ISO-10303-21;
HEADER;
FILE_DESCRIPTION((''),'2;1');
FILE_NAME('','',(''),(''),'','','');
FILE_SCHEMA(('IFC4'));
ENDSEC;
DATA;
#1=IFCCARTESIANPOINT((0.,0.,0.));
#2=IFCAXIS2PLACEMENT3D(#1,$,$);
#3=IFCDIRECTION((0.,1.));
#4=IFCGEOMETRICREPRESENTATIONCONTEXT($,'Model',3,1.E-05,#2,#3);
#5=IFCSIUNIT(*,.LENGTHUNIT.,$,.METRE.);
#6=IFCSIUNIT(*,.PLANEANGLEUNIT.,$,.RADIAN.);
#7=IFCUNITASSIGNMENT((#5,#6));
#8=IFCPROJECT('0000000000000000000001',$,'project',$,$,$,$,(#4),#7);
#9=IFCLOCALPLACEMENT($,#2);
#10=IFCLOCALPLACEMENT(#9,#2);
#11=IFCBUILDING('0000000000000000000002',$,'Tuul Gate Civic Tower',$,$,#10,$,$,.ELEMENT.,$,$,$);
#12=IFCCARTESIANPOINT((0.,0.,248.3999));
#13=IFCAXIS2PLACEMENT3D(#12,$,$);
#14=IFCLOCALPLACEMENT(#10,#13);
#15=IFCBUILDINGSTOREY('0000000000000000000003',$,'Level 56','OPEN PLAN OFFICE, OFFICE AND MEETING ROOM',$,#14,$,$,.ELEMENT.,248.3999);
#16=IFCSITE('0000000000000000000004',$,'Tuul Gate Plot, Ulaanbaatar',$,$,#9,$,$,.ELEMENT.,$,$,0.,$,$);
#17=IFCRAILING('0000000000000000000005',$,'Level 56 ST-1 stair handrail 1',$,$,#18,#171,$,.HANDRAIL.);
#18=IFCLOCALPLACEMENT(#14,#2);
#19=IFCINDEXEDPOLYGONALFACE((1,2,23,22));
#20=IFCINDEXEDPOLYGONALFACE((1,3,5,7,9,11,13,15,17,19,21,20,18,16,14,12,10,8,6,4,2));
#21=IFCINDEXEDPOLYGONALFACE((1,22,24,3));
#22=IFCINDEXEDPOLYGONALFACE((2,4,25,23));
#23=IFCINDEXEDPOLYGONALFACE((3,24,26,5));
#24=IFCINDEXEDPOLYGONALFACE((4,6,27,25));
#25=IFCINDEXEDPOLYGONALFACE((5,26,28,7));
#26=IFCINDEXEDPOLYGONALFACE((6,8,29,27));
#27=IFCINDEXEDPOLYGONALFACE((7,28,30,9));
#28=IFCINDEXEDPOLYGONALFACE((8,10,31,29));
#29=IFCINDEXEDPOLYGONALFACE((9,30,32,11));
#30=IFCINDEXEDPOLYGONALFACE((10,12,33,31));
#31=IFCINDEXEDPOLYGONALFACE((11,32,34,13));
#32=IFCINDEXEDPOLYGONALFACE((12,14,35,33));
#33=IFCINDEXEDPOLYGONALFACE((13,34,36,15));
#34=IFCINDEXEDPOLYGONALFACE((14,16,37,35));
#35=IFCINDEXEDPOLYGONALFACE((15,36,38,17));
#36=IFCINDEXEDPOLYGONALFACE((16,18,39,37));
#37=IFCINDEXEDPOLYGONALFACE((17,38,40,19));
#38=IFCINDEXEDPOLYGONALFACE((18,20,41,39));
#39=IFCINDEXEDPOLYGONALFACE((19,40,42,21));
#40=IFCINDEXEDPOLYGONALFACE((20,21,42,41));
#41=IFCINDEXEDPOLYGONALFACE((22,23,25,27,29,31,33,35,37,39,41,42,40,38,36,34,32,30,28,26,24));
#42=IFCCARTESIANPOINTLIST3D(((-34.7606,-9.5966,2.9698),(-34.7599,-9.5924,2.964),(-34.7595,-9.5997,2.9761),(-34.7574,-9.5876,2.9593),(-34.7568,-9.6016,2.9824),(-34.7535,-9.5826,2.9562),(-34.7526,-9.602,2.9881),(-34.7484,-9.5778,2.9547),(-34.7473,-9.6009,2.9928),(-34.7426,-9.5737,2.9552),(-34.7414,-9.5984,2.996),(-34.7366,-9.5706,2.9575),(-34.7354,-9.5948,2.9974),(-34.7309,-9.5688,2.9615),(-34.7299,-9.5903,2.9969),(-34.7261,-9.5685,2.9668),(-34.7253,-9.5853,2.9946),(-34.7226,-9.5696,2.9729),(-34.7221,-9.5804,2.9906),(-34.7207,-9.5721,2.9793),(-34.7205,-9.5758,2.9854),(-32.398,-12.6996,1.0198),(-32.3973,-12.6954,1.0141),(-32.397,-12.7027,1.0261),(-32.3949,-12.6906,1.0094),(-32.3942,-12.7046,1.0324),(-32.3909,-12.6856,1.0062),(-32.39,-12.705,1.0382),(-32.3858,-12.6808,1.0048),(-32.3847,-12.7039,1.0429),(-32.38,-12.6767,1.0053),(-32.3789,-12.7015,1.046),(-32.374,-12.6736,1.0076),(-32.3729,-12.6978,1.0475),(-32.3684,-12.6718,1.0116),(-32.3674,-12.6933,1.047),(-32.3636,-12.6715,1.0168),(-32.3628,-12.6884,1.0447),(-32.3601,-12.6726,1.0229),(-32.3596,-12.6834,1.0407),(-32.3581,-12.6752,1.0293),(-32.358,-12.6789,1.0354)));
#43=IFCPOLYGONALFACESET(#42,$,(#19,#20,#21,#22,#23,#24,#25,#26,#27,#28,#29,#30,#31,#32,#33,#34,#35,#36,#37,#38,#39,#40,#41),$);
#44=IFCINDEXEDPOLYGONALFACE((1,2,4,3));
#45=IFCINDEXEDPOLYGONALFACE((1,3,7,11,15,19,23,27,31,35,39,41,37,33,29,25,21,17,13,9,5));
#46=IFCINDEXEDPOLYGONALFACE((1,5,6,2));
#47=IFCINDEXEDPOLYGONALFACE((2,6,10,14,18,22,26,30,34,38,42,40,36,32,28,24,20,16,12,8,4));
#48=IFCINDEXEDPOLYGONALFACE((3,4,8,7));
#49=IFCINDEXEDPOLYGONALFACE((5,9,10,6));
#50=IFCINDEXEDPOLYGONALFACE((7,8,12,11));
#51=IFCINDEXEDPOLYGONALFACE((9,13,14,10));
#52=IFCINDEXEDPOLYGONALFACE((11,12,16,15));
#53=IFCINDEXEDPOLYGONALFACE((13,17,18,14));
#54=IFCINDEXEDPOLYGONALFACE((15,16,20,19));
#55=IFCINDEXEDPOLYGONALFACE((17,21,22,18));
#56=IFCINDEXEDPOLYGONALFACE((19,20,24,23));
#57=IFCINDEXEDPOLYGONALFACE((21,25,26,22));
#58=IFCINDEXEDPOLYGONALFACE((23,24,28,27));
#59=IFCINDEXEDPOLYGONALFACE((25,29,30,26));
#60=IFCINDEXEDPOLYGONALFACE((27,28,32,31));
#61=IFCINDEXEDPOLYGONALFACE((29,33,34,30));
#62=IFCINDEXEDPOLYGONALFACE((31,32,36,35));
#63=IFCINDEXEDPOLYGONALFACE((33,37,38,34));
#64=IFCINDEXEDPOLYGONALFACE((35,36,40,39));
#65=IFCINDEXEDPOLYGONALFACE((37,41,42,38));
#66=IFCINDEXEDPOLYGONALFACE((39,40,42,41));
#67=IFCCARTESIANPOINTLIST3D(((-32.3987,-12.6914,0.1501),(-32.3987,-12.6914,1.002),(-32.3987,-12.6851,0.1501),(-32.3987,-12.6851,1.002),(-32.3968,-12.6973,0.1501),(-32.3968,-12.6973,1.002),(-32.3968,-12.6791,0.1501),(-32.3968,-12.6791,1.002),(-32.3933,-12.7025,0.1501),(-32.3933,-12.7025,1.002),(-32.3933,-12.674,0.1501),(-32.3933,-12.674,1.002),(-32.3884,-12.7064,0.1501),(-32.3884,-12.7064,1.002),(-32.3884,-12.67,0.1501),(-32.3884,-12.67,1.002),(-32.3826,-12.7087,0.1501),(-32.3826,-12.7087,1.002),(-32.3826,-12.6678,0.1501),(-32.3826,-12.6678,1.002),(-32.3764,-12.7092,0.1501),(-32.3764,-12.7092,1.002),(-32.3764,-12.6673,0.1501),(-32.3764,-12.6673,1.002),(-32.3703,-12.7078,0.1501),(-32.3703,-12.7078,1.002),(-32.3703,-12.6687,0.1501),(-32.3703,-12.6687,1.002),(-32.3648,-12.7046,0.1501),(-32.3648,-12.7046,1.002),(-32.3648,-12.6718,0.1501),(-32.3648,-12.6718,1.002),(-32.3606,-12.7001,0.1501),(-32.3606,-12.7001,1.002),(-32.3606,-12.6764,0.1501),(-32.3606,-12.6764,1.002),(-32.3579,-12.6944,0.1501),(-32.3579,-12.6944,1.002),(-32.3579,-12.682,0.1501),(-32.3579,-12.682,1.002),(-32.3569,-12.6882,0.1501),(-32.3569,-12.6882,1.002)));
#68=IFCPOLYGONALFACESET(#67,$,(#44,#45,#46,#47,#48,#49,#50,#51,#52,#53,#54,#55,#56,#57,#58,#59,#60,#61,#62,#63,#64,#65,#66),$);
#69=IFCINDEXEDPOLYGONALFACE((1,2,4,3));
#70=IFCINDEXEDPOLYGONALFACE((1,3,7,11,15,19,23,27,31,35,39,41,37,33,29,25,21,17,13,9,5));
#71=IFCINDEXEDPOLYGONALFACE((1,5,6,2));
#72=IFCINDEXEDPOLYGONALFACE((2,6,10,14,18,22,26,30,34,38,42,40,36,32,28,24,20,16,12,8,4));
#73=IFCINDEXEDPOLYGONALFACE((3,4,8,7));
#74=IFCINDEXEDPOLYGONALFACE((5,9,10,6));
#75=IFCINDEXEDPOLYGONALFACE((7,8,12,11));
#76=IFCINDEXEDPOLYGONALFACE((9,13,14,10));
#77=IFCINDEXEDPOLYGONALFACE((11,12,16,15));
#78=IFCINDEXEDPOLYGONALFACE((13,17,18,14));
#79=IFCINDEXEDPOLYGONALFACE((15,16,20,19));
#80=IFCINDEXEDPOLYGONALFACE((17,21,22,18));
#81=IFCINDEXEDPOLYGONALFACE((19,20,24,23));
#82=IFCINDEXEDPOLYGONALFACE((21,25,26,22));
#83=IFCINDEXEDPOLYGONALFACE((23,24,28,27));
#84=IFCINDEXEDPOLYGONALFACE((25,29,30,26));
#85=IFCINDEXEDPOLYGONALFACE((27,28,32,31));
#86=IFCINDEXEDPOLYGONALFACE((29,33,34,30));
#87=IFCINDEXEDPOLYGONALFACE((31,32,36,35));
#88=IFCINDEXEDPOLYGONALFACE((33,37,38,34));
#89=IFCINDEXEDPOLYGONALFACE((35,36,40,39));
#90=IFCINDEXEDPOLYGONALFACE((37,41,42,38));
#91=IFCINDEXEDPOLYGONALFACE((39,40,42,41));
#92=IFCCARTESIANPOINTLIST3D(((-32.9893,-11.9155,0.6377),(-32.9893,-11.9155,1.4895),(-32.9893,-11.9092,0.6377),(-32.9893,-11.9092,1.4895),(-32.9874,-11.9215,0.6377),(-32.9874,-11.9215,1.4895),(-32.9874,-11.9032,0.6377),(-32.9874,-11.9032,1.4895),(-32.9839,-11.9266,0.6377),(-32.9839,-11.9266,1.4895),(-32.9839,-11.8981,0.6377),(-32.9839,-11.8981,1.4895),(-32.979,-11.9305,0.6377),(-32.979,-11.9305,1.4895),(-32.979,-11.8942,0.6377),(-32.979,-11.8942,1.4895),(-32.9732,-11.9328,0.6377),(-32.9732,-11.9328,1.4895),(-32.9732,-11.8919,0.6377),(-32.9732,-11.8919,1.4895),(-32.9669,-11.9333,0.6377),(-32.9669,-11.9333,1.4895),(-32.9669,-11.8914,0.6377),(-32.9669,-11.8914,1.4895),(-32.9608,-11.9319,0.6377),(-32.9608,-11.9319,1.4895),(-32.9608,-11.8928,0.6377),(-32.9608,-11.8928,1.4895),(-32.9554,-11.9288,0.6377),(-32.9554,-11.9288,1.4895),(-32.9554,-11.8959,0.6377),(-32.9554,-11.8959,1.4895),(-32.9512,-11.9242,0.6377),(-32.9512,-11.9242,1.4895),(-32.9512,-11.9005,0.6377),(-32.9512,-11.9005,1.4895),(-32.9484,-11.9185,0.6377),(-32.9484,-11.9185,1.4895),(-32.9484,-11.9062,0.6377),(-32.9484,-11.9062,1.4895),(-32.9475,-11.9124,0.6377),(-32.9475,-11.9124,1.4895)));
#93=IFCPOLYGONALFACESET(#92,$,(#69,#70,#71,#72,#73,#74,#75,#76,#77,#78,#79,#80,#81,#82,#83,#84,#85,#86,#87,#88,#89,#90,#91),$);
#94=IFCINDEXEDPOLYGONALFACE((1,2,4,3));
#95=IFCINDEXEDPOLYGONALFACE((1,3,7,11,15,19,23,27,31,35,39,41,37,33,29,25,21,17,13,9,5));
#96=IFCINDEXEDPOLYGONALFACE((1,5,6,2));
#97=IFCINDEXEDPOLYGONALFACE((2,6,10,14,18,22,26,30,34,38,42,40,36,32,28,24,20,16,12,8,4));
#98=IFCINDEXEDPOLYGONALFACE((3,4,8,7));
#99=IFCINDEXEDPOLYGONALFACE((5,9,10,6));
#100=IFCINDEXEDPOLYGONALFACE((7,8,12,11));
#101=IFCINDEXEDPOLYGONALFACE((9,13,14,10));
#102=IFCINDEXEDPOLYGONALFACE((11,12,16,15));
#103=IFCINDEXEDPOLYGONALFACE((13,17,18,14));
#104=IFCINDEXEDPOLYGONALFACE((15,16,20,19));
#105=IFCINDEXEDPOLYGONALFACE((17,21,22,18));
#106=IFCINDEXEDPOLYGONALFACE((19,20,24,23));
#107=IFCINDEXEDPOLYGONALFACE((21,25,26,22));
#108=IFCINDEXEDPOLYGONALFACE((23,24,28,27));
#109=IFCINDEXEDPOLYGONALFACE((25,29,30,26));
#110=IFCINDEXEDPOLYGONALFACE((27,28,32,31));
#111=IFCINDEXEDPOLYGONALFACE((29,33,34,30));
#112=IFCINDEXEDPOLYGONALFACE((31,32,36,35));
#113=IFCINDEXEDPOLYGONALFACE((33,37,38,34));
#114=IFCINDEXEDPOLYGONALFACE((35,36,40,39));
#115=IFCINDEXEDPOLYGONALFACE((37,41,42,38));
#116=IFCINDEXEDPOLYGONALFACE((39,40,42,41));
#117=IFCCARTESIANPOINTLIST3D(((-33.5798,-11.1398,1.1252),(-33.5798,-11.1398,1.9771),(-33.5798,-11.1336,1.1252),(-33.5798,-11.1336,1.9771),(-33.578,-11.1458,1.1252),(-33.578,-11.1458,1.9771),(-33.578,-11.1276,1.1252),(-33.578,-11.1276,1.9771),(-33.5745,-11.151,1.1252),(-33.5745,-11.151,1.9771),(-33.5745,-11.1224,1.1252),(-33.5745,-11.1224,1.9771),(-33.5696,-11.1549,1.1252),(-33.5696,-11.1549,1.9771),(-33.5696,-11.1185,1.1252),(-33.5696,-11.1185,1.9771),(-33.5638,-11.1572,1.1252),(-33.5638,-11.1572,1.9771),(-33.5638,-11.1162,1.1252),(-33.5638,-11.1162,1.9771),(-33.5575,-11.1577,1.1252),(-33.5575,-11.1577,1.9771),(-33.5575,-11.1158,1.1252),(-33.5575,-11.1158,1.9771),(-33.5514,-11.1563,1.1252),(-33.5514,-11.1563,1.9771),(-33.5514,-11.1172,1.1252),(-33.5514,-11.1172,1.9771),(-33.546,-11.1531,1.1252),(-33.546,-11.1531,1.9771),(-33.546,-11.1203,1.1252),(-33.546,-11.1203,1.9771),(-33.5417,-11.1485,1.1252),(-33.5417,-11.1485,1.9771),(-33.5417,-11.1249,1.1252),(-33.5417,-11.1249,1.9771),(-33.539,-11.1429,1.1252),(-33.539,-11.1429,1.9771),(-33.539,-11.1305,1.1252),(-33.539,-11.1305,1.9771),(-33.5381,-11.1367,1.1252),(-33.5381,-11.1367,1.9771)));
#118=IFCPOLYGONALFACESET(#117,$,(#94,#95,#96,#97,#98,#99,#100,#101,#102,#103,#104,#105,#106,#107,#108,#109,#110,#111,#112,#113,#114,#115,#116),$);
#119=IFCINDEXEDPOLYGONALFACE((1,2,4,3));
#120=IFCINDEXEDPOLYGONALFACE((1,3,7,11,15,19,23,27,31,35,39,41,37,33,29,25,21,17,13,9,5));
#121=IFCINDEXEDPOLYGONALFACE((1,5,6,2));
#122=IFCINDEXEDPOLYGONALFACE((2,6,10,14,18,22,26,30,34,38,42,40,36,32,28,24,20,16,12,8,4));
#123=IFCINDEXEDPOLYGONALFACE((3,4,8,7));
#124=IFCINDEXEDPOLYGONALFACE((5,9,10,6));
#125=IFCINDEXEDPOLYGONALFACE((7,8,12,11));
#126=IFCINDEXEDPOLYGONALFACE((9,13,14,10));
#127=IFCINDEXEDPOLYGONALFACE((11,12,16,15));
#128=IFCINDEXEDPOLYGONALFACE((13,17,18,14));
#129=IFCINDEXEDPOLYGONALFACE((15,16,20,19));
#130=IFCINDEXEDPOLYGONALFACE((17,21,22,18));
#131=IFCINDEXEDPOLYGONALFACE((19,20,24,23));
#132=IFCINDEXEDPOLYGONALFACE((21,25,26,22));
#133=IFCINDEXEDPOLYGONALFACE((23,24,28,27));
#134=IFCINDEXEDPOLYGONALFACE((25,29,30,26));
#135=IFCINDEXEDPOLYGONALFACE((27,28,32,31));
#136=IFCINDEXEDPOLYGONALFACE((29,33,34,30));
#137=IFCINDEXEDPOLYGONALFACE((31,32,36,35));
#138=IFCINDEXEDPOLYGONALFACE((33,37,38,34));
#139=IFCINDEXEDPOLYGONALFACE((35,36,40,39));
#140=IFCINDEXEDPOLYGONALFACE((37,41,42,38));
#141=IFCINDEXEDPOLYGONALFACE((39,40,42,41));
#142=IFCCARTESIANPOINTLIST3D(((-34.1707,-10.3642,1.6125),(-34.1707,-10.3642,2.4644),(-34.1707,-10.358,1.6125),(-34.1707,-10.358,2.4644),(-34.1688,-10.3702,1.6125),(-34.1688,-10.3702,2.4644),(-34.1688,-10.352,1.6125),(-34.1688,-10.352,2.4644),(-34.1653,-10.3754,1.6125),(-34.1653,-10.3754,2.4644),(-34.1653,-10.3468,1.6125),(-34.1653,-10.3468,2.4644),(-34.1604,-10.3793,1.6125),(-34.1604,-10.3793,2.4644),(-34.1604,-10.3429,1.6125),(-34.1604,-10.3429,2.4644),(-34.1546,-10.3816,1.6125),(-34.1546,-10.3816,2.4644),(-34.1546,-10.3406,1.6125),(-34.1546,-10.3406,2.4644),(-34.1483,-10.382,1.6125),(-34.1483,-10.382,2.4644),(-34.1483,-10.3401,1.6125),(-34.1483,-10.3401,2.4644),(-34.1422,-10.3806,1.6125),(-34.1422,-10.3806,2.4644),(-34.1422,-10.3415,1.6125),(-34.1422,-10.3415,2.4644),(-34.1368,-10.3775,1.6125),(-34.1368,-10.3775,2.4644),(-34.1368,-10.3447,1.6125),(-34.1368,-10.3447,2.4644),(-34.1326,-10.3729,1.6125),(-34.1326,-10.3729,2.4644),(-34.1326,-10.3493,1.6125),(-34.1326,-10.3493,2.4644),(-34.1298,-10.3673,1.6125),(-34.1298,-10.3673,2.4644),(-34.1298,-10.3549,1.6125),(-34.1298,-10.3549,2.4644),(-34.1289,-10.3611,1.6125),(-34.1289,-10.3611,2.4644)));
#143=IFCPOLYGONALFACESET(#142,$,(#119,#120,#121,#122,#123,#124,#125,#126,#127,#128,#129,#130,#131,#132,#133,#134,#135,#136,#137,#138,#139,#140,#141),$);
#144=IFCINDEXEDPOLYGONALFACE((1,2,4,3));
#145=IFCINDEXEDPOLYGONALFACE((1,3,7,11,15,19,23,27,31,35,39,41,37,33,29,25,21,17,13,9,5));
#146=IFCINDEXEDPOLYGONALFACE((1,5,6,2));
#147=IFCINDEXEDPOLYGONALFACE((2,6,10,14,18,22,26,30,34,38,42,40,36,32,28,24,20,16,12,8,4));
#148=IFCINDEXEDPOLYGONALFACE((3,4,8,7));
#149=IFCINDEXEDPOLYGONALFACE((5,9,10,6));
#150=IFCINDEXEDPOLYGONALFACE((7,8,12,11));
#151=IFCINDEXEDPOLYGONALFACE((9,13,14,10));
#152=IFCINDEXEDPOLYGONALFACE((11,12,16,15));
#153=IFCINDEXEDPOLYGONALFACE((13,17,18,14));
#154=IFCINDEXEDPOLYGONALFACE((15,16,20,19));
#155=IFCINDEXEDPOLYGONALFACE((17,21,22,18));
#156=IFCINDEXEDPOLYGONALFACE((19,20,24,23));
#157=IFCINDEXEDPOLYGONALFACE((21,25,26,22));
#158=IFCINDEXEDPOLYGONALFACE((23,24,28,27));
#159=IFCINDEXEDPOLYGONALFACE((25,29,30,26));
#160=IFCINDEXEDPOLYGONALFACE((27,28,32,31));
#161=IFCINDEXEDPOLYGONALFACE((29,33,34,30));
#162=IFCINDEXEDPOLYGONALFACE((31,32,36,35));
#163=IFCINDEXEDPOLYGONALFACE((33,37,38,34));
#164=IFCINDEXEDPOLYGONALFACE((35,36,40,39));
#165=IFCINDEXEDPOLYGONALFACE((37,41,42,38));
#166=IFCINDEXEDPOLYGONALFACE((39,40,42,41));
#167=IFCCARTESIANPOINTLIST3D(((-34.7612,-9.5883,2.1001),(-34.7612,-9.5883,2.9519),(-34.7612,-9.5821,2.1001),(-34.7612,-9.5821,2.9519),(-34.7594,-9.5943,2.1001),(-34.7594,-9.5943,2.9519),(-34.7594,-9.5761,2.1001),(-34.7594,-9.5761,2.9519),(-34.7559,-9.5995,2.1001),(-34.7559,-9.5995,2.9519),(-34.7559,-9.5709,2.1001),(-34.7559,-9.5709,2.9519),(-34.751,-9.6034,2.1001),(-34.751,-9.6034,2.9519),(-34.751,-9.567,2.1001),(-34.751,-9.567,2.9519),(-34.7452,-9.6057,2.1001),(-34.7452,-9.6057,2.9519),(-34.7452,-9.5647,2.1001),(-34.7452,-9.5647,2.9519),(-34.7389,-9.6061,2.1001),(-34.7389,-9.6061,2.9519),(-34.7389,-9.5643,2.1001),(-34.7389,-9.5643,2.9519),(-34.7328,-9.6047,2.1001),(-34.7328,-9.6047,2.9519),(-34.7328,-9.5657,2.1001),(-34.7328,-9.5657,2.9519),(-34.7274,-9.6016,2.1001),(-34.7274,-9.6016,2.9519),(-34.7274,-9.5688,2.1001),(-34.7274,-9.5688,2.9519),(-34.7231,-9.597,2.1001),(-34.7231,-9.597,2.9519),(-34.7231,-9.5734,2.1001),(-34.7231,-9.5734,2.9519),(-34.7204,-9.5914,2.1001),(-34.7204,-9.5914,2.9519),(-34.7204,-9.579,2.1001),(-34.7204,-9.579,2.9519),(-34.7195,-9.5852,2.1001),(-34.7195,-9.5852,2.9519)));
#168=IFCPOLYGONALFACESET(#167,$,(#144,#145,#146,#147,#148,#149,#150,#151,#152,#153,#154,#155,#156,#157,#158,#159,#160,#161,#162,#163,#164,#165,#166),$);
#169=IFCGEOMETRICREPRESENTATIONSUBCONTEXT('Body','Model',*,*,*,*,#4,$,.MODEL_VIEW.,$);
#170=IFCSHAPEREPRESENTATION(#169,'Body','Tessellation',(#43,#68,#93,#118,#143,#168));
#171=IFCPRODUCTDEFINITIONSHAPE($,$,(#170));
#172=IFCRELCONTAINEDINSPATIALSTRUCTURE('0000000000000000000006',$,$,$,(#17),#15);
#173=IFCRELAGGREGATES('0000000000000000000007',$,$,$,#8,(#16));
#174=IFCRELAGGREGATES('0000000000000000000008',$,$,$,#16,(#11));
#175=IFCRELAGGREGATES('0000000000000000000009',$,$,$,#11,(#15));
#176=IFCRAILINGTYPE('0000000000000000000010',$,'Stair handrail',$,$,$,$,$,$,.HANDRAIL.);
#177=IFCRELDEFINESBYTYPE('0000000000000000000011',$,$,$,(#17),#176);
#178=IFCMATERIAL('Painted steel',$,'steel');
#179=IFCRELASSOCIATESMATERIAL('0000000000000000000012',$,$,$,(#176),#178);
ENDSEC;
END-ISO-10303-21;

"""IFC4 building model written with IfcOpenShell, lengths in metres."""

from ifc_helpers import new_model, si_unit, direction, frame, origin, origin_2d, place, context, subcontext, project, spatial, circle, extrude, material, type_object, element, save


model = new_model("IFC4")

# Units and contexts
model_context = context("Model", 3, precision=1e-05, world=origin(), true_north=direction((0.0, 1.0)))
body_context = subcontext(model_context, "Body", "Model", "MODEL_VIEW")
ifc_project = project(units=[si_unit("LENGTHUNIT", "METRE"), si_unit("PLANEANGLEUNIT", "RADIAN")], contexts=[model_context])

# Site, building, storey
site_placement = place(None, origin())
site = spatial("IfcSite", under=ifc_project, at=site_placement, Name="Tuul Gate Plot, Ulaanbaatar", CompositionType="ELEMENT", RefElevation=0.0)
building_placement = place(site_placement, origin())
building = spatial("IfcBuilding", under=site, at=building_placement, Name="Tuul Gate Civic Tower", CompositionType="ELEMENT")
storey_placement = place(building_placement, frame((0.0, 0.0, 248.3999)))
storey = spatial("IfcBuildingStorey", under=building, at=storey_placement, Name="Level 56", Description="OPEN PLAN OFFICE, OFFICE AND MEETING ROOM", CompositionType="ELEMENT", Elevation=248.3999)

# Railing
ifc_material_1 = material(Name="Painted steel", Category="steel")
railing_type_1 = type_object("IfcRailingType", Name="Stair handrail", PredefinedType="HANDRAIL", material=ifc_material_1)
railing_1_placement = place(storey_placement, frame((-32.3779, -12.6882, 0.1501)))
element("IfcRailing", 1, at=railing_1_placement, inside=storey, type_object=railing_type_1, Name="Level 56 ST-1 stair handrail 1", PredefinedType="HANDRAIL", context=body_context, shape_type="SweptSolid", body=[
    extrude(circle(Radius=0.0239, at=origin_2d()), frame((0.0, 0.0, 0.876), z_axis=(-0.541824, 0.711645, 0.4472), x_axis=(-0.795637, -0.605773, 0.0)), (0.0, 0.0, 1.0), 4.3604),
    extrude(circle(Radius=0.021, at=origin_2d()), origin(), (0.0, 0.0, 1.0), 0.8518),
    extrude(circle(Radius=0.021, at=origin_2d()), frame((-0.5906, 0.7759, 0.4875)), (0.0, 0.0, 1.0), 0.8518),
    extrude(circle(Radius=0.021, at=origin_2d()), frame((-1.1812, 1.5515, 0.9751)), (0.0, 0.0, 1.0), 0.8518),
    extrude(circle(Radius=0.021, at=origin_2d()), frame((-1.772, 2.3271, 1.4624)), (0.0, 0.0, 1.0), 0.8518),
    extrude(circle(Radius=0.021, at=origin_2d()), frame((-2.3625, 3.103, 1.95)), (0.0, 0.0, 1.0), 0.8518),
])

save(model, "model.ifc")
